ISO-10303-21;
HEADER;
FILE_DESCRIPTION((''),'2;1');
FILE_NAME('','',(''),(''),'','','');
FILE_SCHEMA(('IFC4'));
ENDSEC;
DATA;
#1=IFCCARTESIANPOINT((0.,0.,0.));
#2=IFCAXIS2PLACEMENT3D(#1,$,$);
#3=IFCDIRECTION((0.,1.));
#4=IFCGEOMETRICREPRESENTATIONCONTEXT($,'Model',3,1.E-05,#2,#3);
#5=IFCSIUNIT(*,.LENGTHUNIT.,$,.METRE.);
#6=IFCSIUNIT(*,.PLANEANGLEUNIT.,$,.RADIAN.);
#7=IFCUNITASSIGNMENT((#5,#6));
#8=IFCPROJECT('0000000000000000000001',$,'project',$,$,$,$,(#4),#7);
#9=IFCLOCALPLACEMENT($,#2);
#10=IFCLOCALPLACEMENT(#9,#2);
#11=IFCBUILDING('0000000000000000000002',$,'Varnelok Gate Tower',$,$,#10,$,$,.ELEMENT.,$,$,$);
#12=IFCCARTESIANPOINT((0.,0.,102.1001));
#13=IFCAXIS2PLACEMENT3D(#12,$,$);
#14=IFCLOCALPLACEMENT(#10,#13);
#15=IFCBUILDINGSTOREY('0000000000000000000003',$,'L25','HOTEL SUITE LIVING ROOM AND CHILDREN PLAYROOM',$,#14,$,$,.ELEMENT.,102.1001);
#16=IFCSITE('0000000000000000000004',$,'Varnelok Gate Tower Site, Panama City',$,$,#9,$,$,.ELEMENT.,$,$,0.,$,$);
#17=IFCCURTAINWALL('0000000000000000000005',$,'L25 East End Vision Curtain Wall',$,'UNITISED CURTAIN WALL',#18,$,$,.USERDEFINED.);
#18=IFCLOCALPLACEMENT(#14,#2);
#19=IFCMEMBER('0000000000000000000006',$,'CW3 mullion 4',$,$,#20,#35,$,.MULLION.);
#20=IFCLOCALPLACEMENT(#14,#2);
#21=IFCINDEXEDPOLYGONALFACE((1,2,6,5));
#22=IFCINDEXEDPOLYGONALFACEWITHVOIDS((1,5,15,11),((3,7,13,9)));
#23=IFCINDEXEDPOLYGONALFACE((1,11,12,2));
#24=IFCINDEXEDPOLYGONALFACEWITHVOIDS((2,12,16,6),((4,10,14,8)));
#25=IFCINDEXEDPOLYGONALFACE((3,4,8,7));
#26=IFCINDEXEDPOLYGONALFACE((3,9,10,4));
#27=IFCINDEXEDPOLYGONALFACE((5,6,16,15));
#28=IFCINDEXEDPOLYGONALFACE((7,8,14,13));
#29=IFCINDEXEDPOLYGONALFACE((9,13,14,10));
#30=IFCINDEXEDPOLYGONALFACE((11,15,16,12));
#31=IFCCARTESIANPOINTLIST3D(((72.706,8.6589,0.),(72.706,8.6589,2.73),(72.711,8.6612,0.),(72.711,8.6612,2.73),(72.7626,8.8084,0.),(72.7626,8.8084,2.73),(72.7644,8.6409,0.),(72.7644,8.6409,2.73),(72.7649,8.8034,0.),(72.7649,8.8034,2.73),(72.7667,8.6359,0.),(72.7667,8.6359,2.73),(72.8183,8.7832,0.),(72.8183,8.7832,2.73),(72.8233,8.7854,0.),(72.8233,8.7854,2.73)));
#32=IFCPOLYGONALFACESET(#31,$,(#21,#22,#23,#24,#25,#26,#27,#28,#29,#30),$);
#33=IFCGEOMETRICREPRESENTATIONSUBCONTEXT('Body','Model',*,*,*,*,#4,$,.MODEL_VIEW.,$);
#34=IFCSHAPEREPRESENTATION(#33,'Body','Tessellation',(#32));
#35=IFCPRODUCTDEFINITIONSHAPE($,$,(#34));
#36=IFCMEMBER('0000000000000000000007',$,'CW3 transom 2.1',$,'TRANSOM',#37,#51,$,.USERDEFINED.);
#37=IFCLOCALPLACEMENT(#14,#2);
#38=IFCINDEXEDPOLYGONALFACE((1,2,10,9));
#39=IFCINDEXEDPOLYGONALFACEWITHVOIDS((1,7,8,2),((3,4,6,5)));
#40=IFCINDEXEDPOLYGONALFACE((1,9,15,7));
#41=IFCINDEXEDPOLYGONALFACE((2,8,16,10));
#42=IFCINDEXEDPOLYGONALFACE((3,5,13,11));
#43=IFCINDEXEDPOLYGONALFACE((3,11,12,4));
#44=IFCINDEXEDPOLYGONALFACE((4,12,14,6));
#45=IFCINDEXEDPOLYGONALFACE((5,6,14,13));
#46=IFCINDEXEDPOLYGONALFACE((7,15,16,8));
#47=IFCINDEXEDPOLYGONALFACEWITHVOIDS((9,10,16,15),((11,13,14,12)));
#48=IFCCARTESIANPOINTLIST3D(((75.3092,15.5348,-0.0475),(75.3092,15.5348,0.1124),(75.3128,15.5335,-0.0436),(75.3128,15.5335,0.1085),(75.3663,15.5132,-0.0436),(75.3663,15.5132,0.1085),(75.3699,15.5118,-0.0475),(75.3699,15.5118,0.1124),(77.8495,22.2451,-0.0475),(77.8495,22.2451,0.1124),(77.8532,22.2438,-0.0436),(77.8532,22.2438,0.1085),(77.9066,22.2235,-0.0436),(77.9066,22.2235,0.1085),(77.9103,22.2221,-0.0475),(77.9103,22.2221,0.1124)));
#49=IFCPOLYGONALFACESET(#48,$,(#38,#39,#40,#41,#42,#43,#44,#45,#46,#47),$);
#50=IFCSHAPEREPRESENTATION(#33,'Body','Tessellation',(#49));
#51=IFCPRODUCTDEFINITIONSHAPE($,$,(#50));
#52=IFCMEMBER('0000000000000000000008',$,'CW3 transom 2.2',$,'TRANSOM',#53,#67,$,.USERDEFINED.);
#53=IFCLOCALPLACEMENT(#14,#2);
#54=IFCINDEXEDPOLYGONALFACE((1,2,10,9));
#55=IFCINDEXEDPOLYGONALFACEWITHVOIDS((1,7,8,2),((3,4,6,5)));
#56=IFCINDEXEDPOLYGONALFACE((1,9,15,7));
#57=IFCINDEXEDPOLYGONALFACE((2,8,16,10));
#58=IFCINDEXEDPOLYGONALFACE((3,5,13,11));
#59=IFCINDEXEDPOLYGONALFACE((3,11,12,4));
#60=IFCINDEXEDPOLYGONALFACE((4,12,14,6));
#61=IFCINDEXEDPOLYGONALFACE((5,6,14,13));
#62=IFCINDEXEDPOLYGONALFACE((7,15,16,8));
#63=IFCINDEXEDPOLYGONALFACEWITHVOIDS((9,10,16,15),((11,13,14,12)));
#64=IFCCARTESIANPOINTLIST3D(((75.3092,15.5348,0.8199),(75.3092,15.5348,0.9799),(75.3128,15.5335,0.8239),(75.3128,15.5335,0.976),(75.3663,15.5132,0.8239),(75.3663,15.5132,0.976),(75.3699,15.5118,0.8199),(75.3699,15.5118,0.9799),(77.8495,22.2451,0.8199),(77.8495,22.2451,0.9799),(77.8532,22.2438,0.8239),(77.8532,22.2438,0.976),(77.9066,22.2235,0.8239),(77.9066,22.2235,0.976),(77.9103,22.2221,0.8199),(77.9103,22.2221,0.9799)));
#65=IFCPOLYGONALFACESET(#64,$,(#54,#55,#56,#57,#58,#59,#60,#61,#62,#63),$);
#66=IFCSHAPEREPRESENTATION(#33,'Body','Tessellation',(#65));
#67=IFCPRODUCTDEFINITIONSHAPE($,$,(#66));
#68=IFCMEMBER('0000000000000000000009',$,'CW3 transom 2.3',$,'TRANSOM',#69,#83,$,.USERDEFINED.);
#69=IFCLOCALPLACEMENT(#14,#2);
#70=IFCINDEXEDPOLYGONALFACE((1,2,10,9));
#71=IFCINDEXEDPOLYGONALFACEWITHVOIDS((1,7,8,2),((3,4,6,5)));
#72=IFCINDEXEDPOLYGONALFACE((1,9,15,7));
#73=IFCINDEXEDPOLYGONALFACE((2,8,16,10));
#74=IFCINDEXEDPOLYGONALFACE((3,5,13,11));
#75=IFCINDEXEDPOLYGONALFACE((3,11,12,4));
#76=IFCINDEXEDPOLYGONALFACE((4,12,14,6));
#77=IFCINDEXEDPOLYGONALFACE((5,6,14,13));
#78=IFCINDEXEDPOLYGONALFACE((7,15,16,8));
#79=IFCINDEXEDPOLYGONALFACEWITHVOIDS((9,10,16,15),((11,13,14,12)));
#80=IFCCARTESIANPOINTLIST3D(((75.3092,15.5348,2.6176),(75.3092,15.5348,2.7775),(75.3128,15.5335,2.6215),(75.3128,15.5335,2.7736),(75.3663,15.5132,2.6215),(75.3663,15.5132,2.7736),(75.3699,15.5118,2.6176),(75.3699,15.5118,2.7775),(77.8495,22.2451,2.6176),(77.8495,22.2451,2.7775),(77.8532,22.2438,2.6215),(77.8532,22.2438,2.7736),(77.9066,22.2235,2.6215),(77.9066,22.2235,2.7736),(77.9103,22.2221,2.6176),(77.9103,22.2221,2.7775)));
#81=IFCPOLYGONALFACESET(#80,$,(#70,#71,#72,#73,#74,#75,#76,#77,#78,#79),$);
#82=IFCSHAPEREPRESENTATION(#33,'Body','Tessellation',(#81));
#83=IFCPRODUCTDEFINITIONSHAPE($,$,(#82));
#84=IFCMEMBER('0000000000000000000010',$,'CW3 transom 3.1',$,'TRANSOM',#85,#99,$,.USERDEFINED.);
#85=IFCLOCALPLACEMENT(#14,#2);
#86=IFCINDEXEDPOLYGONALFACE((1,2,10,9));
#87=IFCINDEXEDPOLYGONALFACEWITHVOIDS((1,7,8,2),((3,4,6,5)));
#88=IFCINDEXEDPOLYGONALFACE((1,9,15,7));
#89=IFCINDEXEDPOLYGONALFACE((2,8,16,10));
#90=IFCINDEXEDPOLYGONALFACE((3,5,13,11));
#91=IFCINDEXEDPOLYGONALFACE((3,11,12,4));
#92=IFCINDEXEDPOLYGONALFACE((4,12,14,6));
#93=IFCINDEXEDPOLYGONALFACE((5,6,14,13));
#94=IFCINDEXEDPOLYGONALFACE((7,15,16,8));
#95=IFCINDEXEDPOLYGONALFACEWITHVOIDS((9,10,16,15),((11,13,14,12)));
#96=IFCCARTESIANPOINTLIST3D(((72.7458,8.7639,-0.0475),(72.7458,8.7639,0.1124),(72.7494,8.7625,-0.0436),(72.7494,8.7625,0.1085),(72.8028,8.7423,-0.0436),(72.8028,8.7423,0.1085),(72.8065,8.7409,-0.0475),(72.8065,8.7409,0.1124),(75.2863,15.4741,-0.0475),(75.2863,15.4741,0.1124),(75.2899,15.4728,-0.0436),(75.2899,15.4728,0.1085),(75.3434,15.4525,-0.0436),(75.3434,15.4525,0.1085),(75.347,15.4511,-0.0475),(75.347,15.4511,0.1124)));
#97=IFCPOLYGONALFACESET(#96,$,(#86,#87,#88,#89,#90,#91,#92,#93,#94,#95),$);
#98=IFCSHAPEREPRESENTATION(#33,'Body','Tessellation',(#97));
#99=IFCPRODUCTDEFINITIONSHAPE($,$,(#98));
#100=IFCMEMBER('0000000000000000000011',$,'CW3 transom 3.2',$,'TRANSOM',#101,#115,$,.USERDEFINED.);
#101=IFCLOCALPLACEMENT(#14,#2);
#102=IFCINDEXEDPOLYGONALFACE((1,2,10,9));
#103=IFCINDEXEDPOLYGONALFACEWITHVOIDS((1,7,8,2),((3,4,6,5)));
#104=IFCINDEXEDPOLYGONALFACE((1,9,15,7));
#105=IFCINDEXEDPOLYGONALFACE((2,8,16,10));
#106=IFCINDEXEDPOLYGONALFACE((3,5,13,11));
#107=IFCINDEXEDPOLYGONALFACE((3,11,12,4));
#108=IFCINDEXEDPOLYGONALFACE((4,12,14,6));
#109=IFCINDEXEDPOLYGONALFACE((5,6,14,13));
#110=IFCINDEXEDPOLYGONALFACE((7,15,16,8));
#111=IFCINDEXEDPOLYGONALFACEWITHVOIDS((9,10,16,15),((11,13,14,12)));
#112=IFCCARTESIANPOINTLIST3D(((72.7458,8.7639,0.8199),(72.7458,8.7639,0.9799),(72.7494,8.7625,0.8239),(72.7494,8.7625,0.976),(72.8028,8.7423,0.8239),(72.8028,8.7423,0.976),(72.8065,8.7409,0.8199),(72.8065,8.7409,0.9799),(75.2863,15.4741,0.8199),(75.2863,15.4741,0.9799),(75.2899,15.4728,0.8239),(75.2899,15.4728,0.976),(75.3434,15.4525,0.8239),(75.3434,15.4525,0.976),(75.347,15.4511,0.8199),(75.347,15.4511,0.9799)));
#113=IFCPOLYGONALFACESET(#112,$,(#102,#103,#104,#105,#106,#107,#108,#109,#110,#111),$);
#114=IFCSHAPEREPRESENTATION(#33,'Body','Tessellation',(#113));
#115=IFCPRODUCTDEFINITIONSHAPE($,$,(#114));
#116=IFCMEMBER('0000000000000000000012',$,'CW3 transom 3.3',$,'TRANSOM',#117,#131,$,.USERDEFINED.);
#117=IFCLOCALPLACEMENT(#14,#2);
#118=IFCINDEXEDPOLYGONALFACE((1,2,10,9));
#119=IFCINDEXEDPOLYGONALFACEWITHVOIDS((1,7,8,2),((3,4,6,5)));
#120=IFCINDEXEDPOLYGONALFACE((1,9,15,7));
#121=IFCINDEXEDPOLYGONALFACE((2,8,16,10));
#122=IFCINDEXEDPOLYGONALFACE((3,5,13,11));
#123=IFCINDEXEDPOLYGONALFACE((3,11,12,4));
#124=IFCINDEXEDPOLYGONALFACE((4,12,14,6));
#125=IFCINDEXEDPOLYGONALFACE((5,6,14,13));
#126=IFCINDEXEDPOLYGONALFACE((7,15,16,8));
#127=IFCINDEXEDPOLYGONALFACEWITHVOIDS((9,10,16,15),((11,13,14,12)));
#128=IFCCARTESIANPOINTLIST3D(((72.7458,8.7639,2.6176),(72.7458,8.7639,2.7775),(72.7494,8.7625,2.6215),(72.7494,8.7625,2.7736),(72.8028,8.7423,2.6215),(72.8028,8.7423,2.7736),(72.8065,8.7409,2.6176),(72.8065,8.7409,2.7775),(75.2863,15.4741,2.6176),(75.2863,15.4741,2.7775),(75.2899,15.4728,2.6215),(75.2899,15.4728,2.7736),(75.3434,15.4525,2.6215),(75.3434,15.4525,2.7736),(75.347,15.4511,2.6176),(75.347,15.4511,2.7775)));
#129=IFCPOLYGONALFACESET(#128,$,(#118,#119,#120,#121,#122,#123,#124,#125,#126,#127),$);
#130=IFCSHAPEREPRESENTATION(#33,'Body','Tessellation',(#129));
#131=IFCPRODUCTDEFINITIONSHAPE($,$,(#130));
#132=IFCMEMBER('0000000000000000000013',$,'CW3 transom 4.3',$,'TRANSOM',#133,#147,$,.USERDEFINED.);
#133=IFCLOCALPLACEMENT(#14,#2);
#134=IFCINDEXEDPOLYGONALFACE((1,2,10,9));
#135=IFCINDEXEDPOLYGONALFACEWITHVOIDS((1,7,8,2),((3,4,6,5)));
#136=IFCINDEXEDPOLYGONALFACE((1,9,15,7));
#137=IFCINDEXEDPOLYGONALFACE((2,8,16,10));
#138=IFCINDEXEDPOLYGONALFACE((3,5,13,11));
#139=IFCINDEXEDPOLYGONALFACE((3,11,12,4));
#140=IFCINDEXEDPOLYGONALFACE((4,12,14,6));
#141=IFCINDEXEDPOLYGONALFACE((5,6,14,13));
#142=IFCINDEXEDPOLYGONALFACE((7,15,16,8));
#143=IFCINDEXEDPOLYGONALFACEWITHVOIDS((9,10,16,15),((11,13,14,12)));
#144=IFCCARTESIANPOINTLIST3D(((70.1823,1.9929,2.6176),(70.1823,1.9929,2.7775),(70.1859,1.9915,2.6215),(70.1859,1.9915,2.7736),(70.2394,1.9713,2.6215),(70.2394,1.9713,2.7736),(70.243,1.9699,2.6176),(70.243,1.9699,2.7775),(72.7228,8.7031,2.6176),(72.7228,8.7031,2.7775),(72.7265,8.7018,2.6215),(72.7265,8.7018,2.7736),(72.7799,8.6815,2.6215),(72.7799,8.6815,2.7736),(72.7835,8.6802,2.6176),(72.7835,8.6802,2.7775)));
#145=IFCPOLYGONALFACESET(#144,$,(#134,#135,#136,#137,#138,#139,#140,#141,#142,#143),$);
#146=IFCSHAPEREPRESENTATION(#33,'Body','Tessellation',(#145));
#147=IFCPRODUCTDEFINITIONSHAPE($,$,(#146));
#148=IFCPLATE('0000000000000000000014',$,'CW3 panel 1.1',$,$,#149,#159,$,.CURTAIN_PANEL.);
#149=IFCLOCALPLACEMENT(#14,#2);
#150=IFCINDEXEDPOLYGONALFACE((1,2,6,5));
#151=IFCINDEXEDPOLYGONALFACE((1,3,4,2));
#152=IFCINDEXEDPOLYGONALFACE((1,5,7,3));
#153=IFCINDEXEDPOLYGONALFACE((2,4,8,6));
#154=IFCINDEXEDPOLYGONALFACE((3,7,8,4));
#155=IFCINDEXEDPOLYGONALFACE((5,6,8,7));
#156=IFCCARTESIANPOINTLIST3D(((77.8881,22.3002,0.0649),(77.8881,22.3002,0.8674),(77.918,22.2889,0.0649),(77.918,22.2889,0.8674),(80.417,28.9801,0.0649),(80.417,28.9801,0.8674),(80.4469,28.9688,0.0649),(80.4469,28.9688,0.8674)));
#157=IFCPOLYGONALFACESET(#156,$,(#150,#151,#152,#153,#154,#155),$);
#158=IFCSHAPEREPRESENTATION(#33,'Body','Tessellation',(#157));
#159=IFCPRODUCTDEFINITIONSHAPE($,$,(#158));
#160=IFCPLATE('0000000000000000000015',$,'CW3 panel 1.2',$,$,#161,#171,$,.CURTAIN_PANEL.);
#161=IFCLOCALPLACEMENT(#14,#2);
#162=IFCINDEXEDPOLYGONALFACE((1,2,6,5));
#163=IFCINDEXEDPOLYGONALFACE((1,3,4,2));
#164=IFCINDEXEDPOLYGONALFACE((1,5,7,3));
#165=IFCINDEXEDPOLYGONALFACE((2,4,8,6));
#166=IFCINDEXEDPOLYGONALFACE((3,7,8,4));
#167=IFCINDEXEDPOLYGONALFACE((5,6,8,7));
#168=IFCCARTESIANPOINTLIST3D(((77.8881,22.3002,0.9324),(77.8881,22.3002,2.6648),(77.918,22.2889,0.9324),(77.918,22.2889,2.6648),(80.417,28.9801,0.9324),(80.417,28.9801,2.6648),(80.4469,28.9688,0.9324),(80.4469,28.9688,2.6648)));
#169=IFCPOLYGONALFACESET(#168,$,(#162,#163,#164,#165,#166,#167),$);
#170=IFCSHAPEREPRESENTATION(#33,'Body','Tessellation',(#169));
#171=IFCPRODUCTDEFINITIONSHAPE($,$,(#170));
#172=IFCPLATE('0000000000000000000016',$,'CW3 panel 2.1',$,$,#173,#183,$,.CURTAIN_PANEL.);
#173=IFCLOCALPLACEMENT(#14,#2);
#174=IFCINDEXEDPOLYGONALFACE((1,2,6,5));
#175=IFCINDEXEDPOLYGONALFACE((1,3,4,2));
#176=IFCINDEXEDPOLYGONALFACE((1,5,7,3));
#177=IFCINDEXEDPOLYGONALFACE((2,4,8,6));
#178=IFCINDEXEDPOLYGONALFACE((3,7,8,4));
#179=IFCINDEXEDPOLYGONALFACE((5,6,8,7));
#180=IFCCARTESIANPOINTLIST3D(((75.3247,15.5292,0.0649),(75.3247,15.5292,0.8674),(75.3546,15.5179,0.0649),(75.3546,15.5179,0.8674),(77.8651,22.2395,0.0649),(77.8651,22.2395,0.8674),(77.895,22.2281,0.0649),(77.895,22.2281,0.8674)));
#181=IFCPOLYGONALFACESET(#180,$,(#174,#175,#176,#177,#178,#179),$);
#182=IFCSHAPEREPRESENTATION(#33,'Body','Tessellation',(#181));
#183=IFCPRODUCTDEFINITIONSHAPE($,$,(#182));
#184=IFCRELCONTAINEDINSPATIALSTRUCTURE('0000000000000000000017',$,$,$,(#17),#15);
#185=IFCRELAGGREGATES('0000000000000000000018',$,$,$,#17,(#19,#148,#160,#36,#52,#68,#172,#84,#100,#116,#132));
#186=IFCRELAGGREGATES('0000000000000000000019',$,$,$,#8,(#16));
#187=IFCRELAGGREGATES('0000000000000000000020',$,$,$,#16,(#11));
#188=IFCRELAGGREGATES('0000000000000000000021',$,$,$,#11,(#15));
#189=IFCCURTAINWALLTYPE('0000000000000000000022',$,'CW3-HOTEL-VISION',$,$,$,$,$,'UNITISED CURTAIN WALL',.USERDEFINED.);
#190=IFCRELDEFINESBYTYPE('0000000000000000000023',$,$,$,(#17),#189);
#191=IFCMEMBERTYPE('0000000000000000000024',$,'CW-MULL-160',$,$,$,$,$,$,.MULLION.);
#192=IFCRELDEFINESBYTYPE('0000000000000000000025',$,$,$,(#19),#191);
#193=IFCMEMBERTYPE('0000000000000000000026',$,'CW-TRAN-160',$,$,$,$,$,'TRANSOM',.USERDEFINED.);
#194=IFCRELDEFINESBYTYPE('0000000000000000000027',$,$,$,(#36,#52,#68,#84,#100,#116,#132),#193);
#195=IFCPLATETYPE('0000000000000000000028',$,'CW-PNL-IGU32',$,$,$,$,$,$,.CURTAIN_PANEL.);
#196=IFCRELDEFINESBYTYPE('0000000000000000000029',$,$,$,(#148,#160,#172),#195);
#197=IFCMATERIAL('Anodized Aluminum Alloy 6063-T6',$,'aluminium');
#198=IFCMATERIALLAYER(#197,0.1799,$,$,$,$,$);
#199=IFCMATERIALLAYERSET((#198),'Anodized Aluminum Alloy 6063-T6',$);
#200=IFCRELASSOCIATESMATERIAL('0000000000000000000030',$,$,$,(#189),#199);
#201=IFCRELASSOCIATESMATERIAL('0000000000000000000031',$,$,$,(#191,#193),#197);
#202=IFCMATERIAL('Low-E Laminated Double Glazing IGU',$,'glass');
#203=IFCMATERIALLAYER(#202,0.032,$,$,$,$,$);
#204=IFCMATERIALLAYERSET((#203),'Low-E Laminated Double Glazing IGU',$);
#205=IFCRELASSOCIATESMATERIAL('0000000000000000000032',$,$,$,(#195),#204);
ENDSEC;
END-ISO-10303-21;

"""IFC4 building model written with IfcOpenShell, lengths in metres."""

from ifc_helpers import new_model, si_unit, direction, frame, origin, origin_2d, place, context, subcontext, project, spatial, rectangle, hollow_rectangle, extrude, source, transform, mapped, material, layer, layer_set, material_profile, profile_set, type_object, element, aggregate, save


model = new_model("IFC4")

# Units and contexts
model_context = context("Model", 3, precision=1e-05, world=origin(), true_north=direction((0.0, 1.0)))
body_context = subcontext(model_context, "Body", "Model", "MODEL_VIEW")
ifc_project = project(units=[si_unit("LENGTHUNIT", "METRE"), si_unit("PLANEANGLEUNIT", "RADIAN")], contexts=[model_context])

# Site, building, storey
site_placement = place(None, origin())
site = spatial("IfcSite", under=ifc_project, at=site_placement, Name="Varnelok Gate Tower Site, Panama City", CompositionType="ELEMENT", RefElevation=0.0)
building_placement = place(site_placement, origin())
building = spatial("IfcBuilding", under=site, at=building_placement, Name="Varnelok Gate Tower", CompositionType="ELEMENT")
storey_placement = place(building_placement, frame((0.0, 0.0, 102.1001)))
storey = spatial("IfcBuildingStorey", under=building, at=storey_placement, Name="L25", Description="HOTEL SUITE LIVING ROOM AND CHILDREN PLAYROOM", CompositionType="ELEMENT", Elevation=102.1001)

# Curtain wall, members, plates
ifc_material_1 = material(Name="Anodized Aluminum Alloy 6063-T6", Category="aluminium")
ifc_layer_1 = layer(ifc_material_1, 0.1799)
ifc_layer_set_1 = layer_set([ifc_layer_1], Name="Anodized Aluminum Alloy 6063-T6")
curtain_wall_type = type_object("IfcCurtainWallType", Name="CW3-HOTEL-VISION", ElementType="UNITISED CURTAIN WALL", PredefinedType="USERDEFINED", material=ifc_layer_set_1)
curtain_wall_placement = place(storey_placement, origin())
curtain_wall = element("IfcCurtainWall", 1, at=curtain_wall_placement, inside=storey, type_object=curtain_wall_type, Name="L25 East End Vision Curtain Wall", ObjectType="UNITISED CURTAIN WALL", PredefinedType="USERDEFINED")
ifc_material_profile_1 = material_profile(ifc_material_1, hollow_rectangle(XDim=0.0649, YDim=0.1599, WallThickness=0.0039, at=origin_2d()), Name="ALU160X65X4")
ifc_profile_set_1 = profile_set([ifc_material_profile_1], Name="Anodized Aluminum Alloy 6063-T6")
member_type_1 = type_object("IfcMemberType", Name="CW-MULL-160", PredefinedType="MULLION", material=ifc_profile_set_1)
member_1_placement = place(storey_placement, frame((72.7646, 8.7222, 0.0), z_axis=(0.0, 0.0, 1.0), x_axis=(0.935221, -0.354064, 0.0)))
member_1 = element("IfcMember", 2, at=member_1_placement, type_object=member_type_1, Name="CW3 mullion 4", PredefinedType="MULLION", context=body_context, shape_type="SweptSolid", body=[
    extrude(hollow_rectangle(XDim=0.0649, YDim=0.1599, WallThickness=0.0039, at=origin_2d()), origin(), (0.0, 0.0, 1.0), 2.73),
])
ifc_material_profile_2 = material_profile(ifc_material_1, hollow_rectangle(XDim=0.0649, YDim=0.1599, WallThickness=0.0039, at=origin_2d()), Name="ALU160X65X4")
ifc_profile_set_2 = profile_set([ifc_material_profile_2], Name="Anodized Aluminum Alloy 6063-T6")
member_type_2 = type_object("IfcMemberType", Name="CW-TRAN-160", ElementType="TRANSOM", PredefinedType="USERDEFINED", material=ifc_profile_set_2)
member_2_placement = place(storey_placement, frame((77.8799, 22.2336, 0.0325), z_axis=(-0.354049, -0.935227, 0.0), x_axis=(0.935227, -0.354049, 0.0)))
member_2 = element("IfcMember", 3, at=member_2_placement, type_object=member_type_2, Name="CW3 transom 2.1", ObjectType="TRANSOM", PredefinedType="USERDEFINED", context=body_context, shape_type="SweptSolid", body=[
    extrude(hollow_rectangle(XDim=0.0649, YDim=0.1599, WallThickness=0.0039, at=origin_2d()), origin(), (0.0, 0.0, 1.0), 7.175),
])
member_3_placement = place(storey_placement, frame((77.8799, 22.2336, 0.8999), z_axis=(-0.354049, -0.935227, 0.0), x_axis=(0.935227, -0.354049, 0.0)))
member_3 = element("IfcMember", 4, at=member_3_placement, type_object=member_type_2, Name="CW3 transom 2.2", ObjectType="TRANSOM", PredefinedType="USERDEFINED", context=body_context, shape_type="SweptSolid", body=[
    extrude(hollow_rectangle(XDim=0.0649, YDim=0.1599, WallThickness=0.0039, at=origin_2d()), origin(), (0.0, 0.0, 1.0), 7.175),
])
member_4_placement = place(storey_placement, frame((77.8799, 22.2336, 2.6975), z_axis=(-0.354049, -0.935227, 0.0), x_axis=(0.935227, -0.354049, 0.0)))
member_4 = element("IfcMember", 5, at=member_4_placement, type_object=member_type_2, Name="CW3 transom 2.3", ObjectType="TRANSOM", PredefinedType="USERDEFINED", context=body_context, shape_type="SweptSolid", body=[
    extrude(hollow_rectangle(XDim=0.0649, YDim=0.1599, WallThickness=0.0039, at=origin_2d()), origin(), (0.0, 0.0, 1.0), 7.175),
])
member_5_placement = place(storey_placement, frame((75.3167, 15.4626, 0.0325), z_axis=(-0.354079, -0.935216, 0.0), x_axis=(0.935216, -0.354079, 0.0)))
member_5 = element("IfcMember", 6, at=member_5_placement, type_object=member_type_2, Name="CW3 transom 3.1", ObjectType="TRANSOM", PredefinedType="USERDEFINED", context=body_context, shape_type="SweptSolid", body=[
    extrude(hollow_rectangle(XDim=0.0649, YDim=0.1599, WallThickness=0.0039, at=origin_2d()), origin(), (0.0, 0.0, 1.0), 7.175),
])
member_6_placement = place(storey_placement, frame((75.3167, 15.4626, 0.8999), z_axis=(-0.354079, -0.935216, 0.0), x_axis=(0.935216, -0.354079, 0.0)))
member_6 = element("IfcMember", 7, at=member_6_placement, type_object=member_type_2, Name="CW3 transom 3.2", ObjectType="TRANSOM", PredefinedType="USERDEFINED", context=body_context, shape_type="SweptSolid", body=[
    extrude(hollow_rectangle(XDim=0.0649, YDim=0.1599, WallThickness=0.0039, at=origin_2d()), origin(), (0.0, 0.0, 1.0), 7.175),
])
member_7_placement = place(storey_placement, frame((75.3167, 15.4626, 2.6975), z_axis=(-0.354079, -0.935216, 0.0), x_axis=(0.935216, -0.354079, 0.0)))
member_7 = element("IfcMember", 8, at=member_7_placement, type_object=member_type_2, Name="CW3 transom 3.3", ObjectType="TRANSOM", PredefinedType="USERDEFINED", context=body_context, shape_type="SweptSolid", body=[
    extrude(hollow_rectangle(XDim=0.0649, YDim=0.1599, WallThickness=0.0039, at=origin_2d()), origin(), (0.0, 0.0, 1.0), 7.175),
])
member_8_placement = place(storey_placement, frame((72.7532, 8.6917, 2.6975), z_axis=(-0.354079, -0.935216, 0.0), x_axis=(0.935216, -0.354079, 0.0)))
member_8 = element("IfcMember", 9, at=member_8_placement, type_object=member_type_2, Name="CW3 transom 4.3", ObjectType="TRANSOM", PredefinedType="USERDEFINED", context=body_context, shape_type="SweptSolid", body=[
    extrude(hollow_rectangle(XDim=0.0649, YDim=0.1599, WallThickness=0.0039, at=origin_2d()), origin(), (0.0, 0.0, 1.0), 7.175),
])
ifc_material_2 = material(Name="Low-E Laminated Double Glazing IGU", Category="glass")
ifc_layer_2 = layer(ifc_material_2, 0.032)
ifc_layer_set_2 = layer_set([ifc_layer_2], Name="Low-E Laminated Double Glazing IGU")
plate_type = type_object("IfcPlateType", Name="CW-PNL-IGU32", PredefinedType="CURTAIN_PANEL", material=ifc_layer_set_2)
shared_shape_1 = source(origin(), body_context, "Body", "SweptSolid", [
    extrude(rectangle(XDim=7.1426, YDim=0.032, at=origin_2d()), origin(), (0.0, 0.0, 1.0), 0.8025),
])
plate_1_placement = place(storey_placement, frame((79.1675, 25.6345, 0.0649), z_axis=(0.0, 0.0, 1.0), x_axis=(-0.354064, -0.935221, 0.0)))
plate_1 = element("IfcPlate", 10, at=plate_1_placement, type_object=plate_type, Name="CW3 panel 1.1", PredefinedType="CURTAIN_PANEL", context=body_context, shape_type="MappedRepresentation", body=[
    mapped(shared_shape_1, transform((0.0, 0.0, 0.0), scale=1.0)),
])
shared_shape_2 = source(origin(), body_context, "Body", "SweptSolid", [
    extrude(rectangle(XDim=7.1426, YDim=0.032, at=origin_2d()), origin(), (0.0, 0.0, 1.0), 1.7324),
])
plate_2_placement = place(storey_placement, frame((79.1675, 25.6345, 0.9324), z_axis=(0.0, 0.0, 1.0), x_axis=(-0.354064, -0.935221, 0.0)))
plate_2 = element("IfcPlate", 11, at=plate_2_placement, type_object=plate_type, Name="CW3 panel 1.2", PredefinedType="CURTAIN_PANEL", context=body_context, shape_type="MappedRepresentation", body=[
    mapped(shared_shape_2, transform((0.0, 0.0, 0.0), scale=1.0)),
])
shared_shape_3 = source(origin(), body_context, "Body", "SweptSolid", [
    extrude(rectangle(XDim=7.175, YDim=0.032, at=origin_2d()), origin(), (0.0, 0.0, 1.0), 0.8025),
])
plate_3_placement = place(storey_placement, frame((76.6099, 18.8787, 0.0649), z_axis=(0.0, 0.0, 1.0), x_axis=(-0.354064, -0.935221, 0.0)))
plate_3 = element("IfcPlate", 12, at=plate_3_placement, type_object=plate_type, Name="CW3 panel 2.1", PredefinedType="CURTAIN_PANEL", context=body_context, shape_type="MappedRepresentation", body=[
    mapped(shared_shape_3, transform((0.0, 0.0, 0.0), scale=1.0)),
])
aggregate(curtain_wall, [member_1, plate_1, plate_2, member_2, member_3, member_4, plate_3, member_5, member_6, member_7, member_8])

save(model, "model.ifc")
